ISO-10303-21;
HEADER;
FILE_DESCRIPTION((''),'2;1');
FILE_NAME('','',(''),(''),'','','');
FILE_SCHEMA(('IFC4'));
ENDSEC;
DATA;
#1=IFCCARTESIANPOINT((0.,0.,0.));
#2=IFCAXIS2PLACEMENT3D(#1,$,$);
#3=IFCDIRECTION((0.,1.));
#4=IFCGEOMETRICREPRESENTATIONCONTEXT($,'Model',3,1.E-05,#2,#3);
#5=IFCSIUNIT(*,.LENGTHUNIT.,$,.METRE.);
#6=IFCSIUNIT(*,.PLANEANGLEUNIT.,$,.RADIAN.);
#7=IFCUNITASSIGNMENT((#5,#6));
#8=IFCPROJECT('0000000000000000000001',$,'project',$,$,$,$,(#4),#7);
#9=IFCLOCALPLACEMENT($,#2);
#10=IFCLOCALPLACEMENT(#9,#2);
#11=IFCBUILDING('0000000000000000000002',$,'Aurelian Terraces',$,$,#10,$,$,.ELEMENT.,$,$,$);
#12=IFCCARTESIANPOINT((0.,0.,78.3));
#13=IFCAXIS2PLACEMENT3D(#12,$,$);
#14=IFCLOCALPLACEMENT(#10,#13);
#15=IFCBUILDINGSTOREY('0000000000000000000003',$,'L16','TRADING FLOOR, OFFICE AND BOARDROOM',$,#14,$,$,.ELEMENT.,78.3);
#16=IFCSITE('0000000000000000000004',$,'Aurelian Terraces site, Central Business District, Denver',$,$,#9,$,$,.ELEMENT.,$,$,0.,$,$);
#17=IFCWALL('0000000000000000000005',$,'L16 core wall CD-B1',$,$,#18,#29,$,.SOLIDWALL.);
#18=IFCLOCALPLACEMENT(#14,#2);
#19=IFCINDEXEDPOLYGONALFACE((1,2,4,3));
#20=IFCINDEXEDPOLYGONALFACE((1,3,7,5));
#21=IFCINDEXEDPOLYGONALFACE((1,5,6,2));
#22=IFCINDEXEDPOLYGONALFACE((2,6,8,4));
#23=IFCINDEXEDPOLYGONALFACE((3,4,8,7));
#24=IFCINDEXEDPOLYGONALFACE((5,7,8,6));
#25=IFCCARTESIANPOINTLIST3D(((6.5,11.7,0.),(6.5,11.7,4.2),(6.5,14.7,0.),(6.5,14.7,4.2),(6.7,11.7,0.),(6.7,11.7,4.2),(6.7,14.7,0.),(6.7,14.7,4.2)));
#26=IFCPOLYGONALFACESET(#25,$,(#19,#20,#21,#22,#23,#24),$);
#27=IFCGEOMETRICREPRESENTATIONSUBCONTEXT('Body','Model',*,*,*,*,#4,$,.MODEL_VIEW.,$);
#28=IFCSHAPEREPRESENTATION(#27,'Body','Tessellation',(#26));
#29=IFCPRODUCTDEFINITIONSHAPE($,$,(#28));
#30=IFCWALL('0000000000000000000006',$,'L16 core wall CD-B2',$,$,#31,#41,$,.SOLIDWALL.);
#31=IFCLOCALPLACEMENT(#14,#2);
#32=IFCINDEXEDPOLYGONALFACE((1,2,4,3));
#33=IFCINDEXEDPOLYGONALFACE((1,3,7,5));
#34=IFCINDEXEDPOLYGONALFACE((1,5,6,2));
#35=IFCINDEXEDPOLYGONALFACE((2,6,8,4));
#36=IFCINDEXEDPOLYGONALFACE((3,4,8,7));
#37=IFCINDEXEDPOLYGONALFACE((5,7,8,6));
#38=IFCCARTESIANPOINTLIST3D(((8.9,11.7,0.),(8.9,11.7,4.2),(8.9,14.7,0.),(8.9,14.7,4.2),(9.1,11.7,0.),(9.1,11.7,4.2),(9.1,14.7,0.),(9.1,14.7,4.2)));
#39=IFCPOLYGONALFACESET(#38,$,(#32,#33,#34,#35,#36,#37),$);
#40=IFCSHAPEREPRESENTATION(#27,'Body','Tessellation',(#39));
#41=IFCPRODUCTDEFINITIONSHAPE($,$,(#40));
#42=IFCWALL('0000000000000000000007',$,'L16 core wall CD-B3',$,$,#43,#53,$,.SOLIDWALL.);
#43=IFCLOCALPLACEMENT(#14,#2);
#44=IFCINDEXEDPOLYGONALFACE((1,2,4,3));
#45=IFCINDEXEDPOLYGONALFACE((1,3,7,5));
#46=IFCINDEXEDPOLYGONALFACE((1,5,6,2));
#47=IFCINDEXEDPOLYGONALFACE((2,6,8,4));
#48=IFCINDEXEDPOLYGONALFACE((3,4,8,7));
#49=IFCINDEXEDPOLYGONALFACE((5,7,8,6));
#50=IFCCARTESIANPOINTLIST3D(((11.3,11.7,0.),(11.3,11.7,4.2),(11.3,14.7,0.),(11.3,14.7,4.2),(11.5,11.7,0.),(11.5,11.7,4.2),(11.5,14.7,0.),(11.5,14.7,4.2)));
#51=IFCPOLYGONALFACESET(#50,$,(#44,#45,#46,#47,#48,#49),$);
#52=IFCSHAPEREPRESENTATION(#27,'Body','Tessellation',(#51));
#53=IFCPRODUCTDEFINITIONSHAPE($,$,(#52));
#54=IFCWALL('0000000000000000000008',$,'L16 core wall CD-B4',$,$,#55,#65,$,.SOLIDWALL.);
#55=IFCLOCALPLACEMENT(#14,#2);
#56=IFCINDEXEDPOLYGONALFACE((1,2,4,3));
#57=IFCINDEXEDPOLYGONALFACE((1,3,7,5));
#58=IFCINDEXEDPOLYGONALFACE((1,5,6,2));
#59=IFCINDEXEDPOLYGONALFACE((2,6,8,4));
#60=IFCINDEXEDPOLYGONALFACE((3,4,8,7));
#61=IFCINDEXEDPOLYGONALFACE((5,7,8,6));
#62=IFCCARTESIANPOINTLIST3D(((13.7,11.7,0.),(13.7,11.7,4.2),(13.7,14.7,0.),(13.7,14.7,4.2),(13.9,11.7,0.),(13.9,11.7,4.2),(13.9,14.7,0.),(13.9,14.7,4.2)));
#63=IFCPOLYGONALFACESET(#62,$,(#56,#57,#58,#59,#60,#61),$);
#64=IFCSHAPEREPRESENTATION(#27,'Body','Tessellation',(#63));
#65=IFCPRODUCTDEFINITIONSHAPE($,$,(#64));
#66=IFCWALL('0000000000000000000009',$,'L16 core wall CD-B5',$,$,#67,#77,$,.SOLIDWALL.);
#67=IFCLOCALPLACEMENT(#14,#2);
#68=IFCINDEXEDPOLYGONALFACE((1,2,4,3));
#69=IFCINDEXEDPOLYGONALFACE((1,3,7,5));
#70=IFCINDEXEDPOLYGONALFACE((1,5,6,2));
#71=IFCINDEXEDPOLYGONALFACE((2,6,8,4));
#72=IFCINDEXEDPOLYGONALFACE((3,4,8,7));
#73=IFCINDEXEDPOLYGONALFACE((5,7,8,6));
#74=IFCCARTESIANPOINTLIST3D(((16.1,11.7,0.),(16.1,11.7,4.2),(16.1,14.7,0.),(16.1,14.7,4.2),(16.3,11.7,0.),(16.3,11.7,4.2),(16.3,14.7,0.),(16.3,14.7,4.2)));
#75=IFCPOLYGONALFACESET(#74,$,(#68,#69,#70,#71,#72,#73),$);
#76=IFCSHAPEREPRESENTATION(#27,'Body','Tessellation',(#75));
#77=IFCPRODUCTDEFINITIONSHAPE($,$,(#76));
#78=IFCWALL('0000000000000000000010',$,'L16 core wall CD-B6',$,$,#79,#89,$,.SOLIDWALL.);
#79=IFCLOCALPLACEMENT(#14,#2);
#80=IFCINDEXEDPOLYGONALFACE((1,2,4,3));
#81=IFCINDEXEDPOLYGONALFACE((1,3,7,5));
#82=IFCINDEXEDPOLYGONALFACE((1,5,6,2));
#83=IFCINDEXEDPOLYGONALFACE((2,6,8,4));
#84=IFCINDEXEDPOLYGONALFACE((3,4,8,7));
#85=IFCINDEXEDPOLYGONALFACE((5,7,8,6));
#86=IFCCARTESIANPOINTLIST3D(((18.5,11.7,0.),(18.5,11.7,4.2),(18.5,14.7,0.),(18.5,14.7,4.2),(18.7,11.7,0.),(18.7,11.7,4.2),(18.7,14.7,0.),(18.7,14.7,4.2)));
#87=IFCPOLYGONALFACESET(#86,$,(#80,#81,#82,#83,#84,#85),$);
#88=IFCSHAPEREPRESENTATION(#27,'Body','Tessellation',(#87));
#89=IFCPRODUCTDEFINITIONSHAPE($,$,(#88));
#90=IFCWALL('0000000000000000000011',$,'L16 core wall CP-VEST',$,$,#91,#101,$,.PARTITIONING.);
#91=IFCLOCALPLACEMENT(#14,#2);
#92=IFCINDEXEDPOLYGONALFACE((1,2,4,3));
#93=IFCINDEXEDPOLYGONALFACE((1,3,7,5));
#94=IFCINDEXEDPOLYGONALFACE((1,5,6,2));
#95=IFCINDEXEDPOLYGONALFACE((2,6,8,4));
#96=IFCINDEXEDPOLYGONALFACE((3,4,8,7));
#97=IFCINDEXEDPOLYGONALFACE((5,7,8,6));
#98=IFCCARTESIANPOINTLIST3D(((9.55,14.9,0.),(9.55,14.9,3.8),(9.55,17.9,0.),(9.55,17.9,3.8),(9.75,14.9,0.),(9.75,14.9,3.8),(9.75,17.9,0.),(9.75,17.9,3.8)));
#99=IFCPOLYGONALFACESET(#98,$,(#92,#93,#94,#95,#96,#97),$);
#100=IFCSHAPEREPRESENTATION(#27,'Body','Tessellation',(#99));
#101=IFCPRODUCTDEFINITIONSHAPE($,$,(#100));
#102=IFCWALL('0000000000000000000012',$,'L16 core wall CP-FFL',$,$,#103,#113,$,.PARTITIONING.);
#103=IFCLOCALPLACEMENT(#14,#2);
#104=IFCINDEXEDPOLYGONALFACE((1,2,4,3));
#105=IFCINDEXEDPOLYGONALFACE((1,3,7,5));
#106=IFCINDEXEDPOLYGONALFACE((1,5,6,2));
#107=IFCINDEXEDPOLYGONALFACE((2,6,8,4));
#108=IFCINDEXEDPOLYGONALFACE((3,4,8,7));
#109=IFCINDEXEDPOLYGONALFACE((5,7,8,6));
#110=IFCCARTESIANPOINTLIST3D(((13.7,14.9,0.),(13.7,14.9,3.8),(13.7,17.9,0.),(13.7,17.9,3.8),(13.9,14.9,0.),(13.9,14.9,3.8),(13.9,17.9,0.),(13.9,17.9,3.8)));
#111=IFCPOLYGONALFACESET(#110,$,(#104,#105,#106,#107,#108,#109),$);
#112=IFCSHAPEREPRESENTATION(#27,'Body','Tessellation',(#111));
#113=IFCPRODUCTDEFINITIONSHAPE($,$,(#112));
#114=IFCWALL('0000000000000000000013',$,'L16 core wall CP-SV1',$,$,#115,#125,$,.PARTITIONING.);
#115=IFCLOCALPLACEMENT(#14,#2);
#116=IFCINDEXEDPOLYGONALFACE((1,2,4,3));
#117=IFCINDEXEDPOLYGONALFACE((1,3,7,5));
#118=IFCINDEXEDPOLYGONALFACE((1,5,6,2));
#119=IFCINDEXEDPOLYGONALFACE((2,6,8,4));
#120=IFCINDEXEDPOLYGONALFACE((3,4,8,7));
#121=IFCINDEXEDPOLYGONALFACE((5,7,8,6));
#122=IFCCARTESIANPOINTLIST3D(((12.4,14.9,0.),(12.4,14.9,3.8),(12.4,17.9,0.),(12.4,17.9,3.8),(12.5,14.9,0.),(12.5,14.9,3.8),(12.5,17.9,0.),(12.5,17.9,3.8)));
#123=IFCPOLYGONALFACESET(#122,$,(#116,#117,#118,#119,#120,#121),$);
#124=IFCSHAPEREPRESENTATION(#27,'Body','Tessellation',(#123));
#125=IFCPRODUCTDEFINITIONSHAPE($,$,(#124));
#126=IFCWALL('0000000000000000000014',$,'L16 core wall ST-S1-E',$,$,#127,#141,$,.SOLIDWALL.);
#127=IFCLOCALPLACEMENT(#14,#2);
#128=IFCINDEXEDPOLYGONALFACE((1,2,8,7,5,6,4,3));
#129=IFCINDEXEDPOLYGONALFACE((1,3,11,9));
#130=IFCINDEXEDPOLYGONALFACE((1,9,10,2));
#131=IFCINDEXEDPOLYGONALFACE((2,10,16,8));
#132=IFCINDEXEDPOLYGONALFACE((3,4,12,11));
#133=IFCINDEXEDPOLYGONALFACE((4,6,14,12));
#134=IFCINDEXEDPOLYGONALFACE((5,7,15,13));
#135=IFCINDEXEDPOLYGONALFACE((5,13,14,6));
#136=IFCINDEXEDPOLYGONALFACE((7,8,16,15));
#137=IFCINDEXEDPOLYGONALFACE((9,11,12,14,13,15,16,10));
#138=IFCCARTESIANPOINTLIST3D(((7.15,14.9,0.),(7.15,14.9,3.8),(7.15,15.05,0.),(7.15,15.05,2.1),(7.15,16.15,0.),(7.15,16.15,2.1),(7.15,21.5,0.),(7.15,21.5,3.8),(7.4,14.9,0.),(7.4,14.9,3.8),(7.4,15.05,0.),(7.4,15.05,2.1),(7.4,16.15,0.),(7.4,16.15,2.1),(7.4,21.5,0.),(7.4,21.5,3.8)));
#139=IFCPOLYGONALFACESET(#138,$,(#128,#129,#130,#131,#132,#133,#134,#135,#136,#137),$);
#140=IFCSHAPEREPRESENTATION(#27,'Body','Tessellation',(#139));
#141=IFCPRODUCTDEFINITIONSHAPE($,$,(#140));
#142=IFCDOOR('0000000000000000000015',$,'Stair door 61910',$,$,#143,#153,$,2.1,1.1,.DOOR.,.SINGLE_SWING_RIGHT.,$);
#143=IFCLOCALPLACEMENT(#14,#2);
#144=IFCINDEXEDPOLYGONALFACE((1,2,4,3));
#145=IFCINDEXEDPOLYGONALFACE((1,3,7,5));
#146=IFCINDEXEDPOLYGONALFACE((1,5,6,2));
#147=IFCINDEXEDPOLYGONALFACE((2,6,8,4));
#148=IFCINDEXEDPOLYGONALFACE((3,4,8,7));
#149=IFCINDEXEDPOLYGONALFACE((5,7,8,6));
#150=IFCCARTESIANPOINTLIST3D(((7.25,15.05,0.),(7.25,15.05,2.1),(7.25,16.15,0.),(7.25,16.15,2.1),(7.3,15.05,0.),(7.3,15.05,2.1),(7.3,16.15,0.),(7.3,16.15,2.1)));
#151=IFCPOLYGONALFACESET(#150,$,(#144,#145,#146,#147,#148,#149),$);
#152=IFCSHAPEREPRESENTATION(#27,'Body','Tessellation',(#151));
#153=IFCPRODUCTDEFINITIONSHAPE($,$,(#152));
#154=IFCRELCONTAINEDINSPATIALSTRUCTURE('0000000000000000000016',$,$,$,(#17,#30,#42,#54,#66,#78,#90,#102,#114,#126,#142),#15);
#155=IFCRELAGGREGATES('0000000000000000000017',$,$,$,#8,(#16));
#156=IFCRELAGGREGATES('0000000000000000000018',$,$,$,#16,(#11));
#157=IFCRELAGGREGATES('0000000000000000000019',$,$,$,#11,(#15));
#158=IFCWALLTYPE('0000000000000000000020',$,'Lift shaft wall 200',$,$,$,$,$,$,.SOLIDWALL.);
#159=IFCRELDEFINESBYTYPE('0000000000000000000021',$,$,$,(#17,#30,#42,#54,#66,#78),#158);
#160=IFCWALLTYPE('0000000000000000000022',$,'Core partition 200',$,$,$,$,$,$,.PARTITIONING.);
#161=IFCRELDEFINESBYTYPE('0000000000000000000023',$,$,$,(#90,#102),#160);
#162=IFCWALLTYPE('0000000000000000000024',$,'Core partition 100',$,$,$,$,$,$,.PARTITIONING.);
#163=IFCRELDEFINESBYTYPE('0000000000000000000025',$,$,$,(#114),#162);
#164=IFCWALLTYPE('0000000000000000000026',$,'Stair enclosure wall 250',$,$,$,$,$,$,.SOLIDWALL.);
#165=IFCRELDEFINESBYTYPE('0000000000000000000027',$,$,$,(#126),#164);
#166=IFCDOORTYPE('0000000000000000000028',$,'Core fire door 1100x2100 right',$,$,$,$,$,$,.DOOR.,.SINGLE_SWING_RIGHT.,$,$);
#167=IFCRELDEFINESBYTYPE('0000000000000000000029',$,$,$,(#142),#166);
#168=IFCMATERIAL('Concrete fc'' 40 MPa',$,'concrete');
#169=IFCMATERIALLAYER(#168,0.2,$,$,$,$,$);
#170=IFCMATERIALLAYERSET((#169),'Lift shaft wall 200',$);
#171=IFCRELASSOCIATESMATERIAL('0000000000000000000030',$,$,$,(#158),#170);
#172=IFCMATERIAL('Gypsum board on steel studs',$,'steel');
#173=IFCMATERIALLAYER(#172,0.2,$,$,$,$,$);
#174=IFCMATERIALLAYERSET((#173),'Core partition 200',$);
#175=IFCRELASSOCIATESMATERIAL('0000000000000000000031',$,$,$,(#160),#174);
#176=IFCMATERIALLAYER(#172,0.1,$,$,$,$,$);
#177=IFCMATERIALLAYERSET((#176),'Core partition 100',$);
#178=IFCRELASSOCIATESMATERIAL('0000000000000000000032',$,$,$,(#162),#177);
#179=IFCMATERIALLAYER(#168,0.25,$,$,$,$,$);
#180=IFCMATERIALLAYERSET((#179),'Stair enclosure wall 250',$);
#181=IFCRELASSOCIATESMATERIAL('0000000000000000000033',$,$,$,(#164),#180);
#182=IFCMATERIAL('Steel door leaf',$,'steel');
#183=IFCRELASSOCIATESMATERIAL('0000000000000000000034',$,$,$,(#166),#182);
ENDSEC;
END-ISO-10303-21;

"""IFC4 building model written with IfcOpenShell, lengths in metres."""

from ifc_helpers import new_model, si_unit, direction, frame, frame_2d, origin, place, context, subcontext, project, spatial, rectangle, extrude, source, transform, mapped, material, layer, layer_set, type_object, element, fill, save


model = new_model("IFC4")

# Units and contexts
model_context = context("Model", 3, precision=1e-05, world=origin(), true_north=direction((0.0, 1.0)))
body_context = subcontext(model_context, "Body", "Model", "MODEL_VIEW")
ifc_project = project(units=[si_unit("LENGTHUNIT", "METRE"), si_unit("PLANEANGLEUNIT", "RADIAN")], contexts=[model_context])

# Site, building, storey
site_placement = place(None, origin())
site = spatial("IfcSite", under=ifc_project, at=site_placement, Name="Aurelian Terraces site, Central Business District, Denver", CompositionType="ELEMENT", RefElevation=0.0)
building_placement = place(site_placement, origin())
building = spatial("IfcBuilding", under=site, at=building_placement, Name="Aurelian Terraces", CompositionType="ELEMENT")
storey_placement = place(building_placement, frame((0.0, 0.0, 78.3)))
storey = spatial("IfcBuildingStorey", under=building, at=storey_placement, Name="L16", Description="TRADING FLOOR, OFFICE AND BOARDROOM", CompositionType="ELEMENT", Elevation=78.3)

# Walls
ifc_material_1 = material(Name="Concrete fc' 40 MPa", Category="concrete")
ifc_layer_1 = layer(ifc_material_1, 0.2)
ifc_layer_set_1 = layer_set([ifc_layer_1], Name="Lift shaft wall 200")
wall_type_1 = type_object("IfcWallType", Name="Lift shaft wall 200", PredefinedType="SOLIDWALL", material=ifc_layer_set_1)
shared_shape_1 = source(origin(), body_context, "Body", "SweptSolid", [
    extrude(rectangle(XDim=3.0, YDim=0.2, at=frame_2d((1.5, 0.0))), origin(), (0.0, 0.0, 1.0), 4.2),
])
for number, where, z_axis, x_axis, name in (
    (1, (6.6, 11.7, 0.0), (0.0, 0.0, 1.0), (0.0, 1.0, 0.0), "L16 core wall CD-B1"),
    (2, (9.0, 11.7, 0.0), (0.0, 0.0, 1.0), (0.0, 1.0, 0.0), "L16 core wall CD-B2"),
    (3, (11.4, 11.7, 0.0), (0.0, 0.0, 1.0), (0.0, 1.0, 0.0), "L16 core wall CD-B3"),
    (4, (13.8, 11.7, 0.0), (0.0, 0.0, 1.0), (0.0, 1.0, 0.0), "L16 core wall CD-B4"),
    (5, (16.2, 11.7, 0.0), (0.0, 0.0, 1.0), (0.0, 1.0, 0.0), "L16 core wall CD-B5"),
    (6, (18.6, 11.7, 0.0), (0.0, 0.0, 1.0), (0.0, 1.0, 0.0), "L16 core wall CD-B6"),
):
    element("IfcWall", number, at=place(storey_placement, frame(where, z_axis=z_axis, x_axis=x_axis)), inside=storey, type_object=wall_type_1, Name=name, PredefinedType="SOLIDWALL", context=body_context, shape_type="MappedRepresentation", body=[
        mapped(shared_shape_1, transform((0.0, 0.0, 0.0), scale=1.0)),
    ])
ifc_material_2 = material(Name="Gypsum board on steel studs", Category="steel")
ifc_layer_2 = layer(ifc_material_2, 0.2)
ifc_layer_set_2 = layer_set([ifc_layer_2], Name="Core partition 200")
wall_type_2 = type_object("IfcWallType", Name="Core partition 200", PredefinedType="PARTITIONING", material=ifc_layer_set_2)
shared_shape_2 = source(origin(), body_context, "Body", "SweptSolid", [
    extrude(rectangle(XDim=3.0, YDim=0.2, at=frame_2d((1.5, 0.0))), origin(), (0.0, 0.0, 1.0), 3.8),
])
for number, where, z_axis, x_axis, name in (
    (7, (9.65, 14.9, 0.0), (0.0, 0.0, 1.0), (0.0, 1.0, 0.0), "L16 core wall CP-VEST"),
    (8, (13.8, 14.9, 0.0), (0.0, 0.0, 1.0), (0.0, 1.0, 0.0), "L16 core wall CP-FFL"),
):
    element("IfcWall", number, at=place(storey_placement, frame(where, z_axis=z_axis, x_axis=x_axis)), inside=storey, type_object=wall_type_2, Name=name, PredefinedType="PARTITIONING", context=body_context, shape_type="MappedRepresentation", body=[
        mapped(shared_shape_2, transform((0.0, 0.0, 0.0), scale=1.0)),
    ])
ifc_layer_3 = layer(ifc_material_2, 0.1)
ifc_layer_set_3 = layer_set([ifc_layer_3], Name="Core partition 100")
wall_type_3 = type_object("IfcWallType", Name="Core partition 100", PredefinedType="PARTITIONING", material=ifc_layer_set_3)
shared_shape_3 = source(origin(), body_context, "Body", "SweptSolid", [
    extrude(rectangle(XDim=3.0, YDim=0.1, at=frame_2d((1.5, 0.0))), origin(), (0.0, 0.0, 1.0), 3.8),
])
wall_1_placement = place(storey_placement, frame((12.45, 14.9, 0.0), z_axis=(0.0, 0.0, 1.0), x_axis=(0.0, 1.0, 0.0)))
element("IfcWall", 9, at=wall_1_placement, inside=storey, type_object=wall_type_3, Name="L16 core wall CP-SV1", PredefinedType="PARTITIONING", context=body_context, shape_type="MappedRepresentation", body=[
    mapped(shared_shape_3, transform((0.0, 0.0, 0.0), scale=1.0)),
])

# Wall, opening, door
ifc_layer_4 = layer(ifc_material_1, 0.25)
ifc_layer_set_4 = layer_set([ifc_layer_4], Name="Stair enclosure wall 250")
wall_type_4 = type_object("IfcWallType", Name="Stair enclosure wall 250", PredefinedType="SOLIDWALL", material=ifc_layer_set_4)
shared_shape_4 = source(origin(), body_context, "Body", "SweptSolid", [
    extrude(rectangle(XDim=6.6, YDim=0.25, at=frame_2d((3.3, 0.0))), origin(), (0.0, 0.0, 1.0), 3.8),
])
wall_2_placement = place(storey_placement, frame((7.275, 14.9, 0.0), z_axis=(0.0, 0.0, 1.0), x_axis=(0.0, 1.0, 0.0)))
wall_2 = element("IfcWall", 10, at=wall_2_placement, inside=storey, type_object=wall_type_4, Name="L16 core wall ST-S1-E", PredefinedType="SOLIDWALL", context=body_context, shape_type="MappedRepresentation", body=[
    mapped(shared_shape_4, transform((0.0, 0.0, 0.0), scale=1.0)),
])
shared_shape_5 = source(origin(), body_context, "Body", "SweptSolid", [
    extrude(rectangle(XDim=1.1, YDim=2.1, at=frame_2d((0.55, 1.05))), frame((0.0, 0.135, 0.0), z_axis=(0.0, -1.0, 0.0), x_axis=(1.0, 0.0, 0.0)), (0.0, 0.0, 1.0), 0.27),
])
opening_1_placement = place(wall_2_placement, frame((0.15, 0.0, 0.0)))
opening_1 = element("IfcOpeningElement", 11, at=opening_1_placement, cuts=wall_2, PredefinedType="OPENING", context=body_context, shape_type="MappedRepresentation", body=[
    mapped(shared_shape_5, transform((0.0, 0.0, 0.0), scale=1.0)),
])
ifc_material_3 = material(Name="Steel door leaf", Category="steel")
door_type_1 = type_object("IfcDoorType", Name="Core fire door 1100x2100 right", OperationType="SINGLE_SWING_RIGHT", PredefinedType="DOOR", material=ifc_material_3)
shared_shape_6 = source(origin(), body_context, "Body", "SweptSolid", [
    extrude(rectangle(XDim=1.1, YDim=2.1, at=frame_2d((0.55, 1.05))), frame((0.0, 0.025, 0.0), z_axis=(0.0, -1.0, 0.0), x_axis=(1.0, 0.0, 0.0)), (0.0, 0.0, 1.0), 0.05),
])
door_1_placement = place(opening_1_placement, origin())
door_1 = element("IfcDoor", 12, at=door_1_placement, inside=storey, type_object=door_type_1, Name="Stair door 61910", OperationType="SINGLE_SWING_RIGHT", OverallHeight=2.1, OverallWidth=1.1, PredefinedType="DOOR", context=body_context, shape_type="MappedRepresentation", body=[
    mapped(shared_shape_6, transform((0.0, 0.0, 0.0), scale=1.0)),
])
fill(opening_1, door_1)

save(model, "model.ifc")
